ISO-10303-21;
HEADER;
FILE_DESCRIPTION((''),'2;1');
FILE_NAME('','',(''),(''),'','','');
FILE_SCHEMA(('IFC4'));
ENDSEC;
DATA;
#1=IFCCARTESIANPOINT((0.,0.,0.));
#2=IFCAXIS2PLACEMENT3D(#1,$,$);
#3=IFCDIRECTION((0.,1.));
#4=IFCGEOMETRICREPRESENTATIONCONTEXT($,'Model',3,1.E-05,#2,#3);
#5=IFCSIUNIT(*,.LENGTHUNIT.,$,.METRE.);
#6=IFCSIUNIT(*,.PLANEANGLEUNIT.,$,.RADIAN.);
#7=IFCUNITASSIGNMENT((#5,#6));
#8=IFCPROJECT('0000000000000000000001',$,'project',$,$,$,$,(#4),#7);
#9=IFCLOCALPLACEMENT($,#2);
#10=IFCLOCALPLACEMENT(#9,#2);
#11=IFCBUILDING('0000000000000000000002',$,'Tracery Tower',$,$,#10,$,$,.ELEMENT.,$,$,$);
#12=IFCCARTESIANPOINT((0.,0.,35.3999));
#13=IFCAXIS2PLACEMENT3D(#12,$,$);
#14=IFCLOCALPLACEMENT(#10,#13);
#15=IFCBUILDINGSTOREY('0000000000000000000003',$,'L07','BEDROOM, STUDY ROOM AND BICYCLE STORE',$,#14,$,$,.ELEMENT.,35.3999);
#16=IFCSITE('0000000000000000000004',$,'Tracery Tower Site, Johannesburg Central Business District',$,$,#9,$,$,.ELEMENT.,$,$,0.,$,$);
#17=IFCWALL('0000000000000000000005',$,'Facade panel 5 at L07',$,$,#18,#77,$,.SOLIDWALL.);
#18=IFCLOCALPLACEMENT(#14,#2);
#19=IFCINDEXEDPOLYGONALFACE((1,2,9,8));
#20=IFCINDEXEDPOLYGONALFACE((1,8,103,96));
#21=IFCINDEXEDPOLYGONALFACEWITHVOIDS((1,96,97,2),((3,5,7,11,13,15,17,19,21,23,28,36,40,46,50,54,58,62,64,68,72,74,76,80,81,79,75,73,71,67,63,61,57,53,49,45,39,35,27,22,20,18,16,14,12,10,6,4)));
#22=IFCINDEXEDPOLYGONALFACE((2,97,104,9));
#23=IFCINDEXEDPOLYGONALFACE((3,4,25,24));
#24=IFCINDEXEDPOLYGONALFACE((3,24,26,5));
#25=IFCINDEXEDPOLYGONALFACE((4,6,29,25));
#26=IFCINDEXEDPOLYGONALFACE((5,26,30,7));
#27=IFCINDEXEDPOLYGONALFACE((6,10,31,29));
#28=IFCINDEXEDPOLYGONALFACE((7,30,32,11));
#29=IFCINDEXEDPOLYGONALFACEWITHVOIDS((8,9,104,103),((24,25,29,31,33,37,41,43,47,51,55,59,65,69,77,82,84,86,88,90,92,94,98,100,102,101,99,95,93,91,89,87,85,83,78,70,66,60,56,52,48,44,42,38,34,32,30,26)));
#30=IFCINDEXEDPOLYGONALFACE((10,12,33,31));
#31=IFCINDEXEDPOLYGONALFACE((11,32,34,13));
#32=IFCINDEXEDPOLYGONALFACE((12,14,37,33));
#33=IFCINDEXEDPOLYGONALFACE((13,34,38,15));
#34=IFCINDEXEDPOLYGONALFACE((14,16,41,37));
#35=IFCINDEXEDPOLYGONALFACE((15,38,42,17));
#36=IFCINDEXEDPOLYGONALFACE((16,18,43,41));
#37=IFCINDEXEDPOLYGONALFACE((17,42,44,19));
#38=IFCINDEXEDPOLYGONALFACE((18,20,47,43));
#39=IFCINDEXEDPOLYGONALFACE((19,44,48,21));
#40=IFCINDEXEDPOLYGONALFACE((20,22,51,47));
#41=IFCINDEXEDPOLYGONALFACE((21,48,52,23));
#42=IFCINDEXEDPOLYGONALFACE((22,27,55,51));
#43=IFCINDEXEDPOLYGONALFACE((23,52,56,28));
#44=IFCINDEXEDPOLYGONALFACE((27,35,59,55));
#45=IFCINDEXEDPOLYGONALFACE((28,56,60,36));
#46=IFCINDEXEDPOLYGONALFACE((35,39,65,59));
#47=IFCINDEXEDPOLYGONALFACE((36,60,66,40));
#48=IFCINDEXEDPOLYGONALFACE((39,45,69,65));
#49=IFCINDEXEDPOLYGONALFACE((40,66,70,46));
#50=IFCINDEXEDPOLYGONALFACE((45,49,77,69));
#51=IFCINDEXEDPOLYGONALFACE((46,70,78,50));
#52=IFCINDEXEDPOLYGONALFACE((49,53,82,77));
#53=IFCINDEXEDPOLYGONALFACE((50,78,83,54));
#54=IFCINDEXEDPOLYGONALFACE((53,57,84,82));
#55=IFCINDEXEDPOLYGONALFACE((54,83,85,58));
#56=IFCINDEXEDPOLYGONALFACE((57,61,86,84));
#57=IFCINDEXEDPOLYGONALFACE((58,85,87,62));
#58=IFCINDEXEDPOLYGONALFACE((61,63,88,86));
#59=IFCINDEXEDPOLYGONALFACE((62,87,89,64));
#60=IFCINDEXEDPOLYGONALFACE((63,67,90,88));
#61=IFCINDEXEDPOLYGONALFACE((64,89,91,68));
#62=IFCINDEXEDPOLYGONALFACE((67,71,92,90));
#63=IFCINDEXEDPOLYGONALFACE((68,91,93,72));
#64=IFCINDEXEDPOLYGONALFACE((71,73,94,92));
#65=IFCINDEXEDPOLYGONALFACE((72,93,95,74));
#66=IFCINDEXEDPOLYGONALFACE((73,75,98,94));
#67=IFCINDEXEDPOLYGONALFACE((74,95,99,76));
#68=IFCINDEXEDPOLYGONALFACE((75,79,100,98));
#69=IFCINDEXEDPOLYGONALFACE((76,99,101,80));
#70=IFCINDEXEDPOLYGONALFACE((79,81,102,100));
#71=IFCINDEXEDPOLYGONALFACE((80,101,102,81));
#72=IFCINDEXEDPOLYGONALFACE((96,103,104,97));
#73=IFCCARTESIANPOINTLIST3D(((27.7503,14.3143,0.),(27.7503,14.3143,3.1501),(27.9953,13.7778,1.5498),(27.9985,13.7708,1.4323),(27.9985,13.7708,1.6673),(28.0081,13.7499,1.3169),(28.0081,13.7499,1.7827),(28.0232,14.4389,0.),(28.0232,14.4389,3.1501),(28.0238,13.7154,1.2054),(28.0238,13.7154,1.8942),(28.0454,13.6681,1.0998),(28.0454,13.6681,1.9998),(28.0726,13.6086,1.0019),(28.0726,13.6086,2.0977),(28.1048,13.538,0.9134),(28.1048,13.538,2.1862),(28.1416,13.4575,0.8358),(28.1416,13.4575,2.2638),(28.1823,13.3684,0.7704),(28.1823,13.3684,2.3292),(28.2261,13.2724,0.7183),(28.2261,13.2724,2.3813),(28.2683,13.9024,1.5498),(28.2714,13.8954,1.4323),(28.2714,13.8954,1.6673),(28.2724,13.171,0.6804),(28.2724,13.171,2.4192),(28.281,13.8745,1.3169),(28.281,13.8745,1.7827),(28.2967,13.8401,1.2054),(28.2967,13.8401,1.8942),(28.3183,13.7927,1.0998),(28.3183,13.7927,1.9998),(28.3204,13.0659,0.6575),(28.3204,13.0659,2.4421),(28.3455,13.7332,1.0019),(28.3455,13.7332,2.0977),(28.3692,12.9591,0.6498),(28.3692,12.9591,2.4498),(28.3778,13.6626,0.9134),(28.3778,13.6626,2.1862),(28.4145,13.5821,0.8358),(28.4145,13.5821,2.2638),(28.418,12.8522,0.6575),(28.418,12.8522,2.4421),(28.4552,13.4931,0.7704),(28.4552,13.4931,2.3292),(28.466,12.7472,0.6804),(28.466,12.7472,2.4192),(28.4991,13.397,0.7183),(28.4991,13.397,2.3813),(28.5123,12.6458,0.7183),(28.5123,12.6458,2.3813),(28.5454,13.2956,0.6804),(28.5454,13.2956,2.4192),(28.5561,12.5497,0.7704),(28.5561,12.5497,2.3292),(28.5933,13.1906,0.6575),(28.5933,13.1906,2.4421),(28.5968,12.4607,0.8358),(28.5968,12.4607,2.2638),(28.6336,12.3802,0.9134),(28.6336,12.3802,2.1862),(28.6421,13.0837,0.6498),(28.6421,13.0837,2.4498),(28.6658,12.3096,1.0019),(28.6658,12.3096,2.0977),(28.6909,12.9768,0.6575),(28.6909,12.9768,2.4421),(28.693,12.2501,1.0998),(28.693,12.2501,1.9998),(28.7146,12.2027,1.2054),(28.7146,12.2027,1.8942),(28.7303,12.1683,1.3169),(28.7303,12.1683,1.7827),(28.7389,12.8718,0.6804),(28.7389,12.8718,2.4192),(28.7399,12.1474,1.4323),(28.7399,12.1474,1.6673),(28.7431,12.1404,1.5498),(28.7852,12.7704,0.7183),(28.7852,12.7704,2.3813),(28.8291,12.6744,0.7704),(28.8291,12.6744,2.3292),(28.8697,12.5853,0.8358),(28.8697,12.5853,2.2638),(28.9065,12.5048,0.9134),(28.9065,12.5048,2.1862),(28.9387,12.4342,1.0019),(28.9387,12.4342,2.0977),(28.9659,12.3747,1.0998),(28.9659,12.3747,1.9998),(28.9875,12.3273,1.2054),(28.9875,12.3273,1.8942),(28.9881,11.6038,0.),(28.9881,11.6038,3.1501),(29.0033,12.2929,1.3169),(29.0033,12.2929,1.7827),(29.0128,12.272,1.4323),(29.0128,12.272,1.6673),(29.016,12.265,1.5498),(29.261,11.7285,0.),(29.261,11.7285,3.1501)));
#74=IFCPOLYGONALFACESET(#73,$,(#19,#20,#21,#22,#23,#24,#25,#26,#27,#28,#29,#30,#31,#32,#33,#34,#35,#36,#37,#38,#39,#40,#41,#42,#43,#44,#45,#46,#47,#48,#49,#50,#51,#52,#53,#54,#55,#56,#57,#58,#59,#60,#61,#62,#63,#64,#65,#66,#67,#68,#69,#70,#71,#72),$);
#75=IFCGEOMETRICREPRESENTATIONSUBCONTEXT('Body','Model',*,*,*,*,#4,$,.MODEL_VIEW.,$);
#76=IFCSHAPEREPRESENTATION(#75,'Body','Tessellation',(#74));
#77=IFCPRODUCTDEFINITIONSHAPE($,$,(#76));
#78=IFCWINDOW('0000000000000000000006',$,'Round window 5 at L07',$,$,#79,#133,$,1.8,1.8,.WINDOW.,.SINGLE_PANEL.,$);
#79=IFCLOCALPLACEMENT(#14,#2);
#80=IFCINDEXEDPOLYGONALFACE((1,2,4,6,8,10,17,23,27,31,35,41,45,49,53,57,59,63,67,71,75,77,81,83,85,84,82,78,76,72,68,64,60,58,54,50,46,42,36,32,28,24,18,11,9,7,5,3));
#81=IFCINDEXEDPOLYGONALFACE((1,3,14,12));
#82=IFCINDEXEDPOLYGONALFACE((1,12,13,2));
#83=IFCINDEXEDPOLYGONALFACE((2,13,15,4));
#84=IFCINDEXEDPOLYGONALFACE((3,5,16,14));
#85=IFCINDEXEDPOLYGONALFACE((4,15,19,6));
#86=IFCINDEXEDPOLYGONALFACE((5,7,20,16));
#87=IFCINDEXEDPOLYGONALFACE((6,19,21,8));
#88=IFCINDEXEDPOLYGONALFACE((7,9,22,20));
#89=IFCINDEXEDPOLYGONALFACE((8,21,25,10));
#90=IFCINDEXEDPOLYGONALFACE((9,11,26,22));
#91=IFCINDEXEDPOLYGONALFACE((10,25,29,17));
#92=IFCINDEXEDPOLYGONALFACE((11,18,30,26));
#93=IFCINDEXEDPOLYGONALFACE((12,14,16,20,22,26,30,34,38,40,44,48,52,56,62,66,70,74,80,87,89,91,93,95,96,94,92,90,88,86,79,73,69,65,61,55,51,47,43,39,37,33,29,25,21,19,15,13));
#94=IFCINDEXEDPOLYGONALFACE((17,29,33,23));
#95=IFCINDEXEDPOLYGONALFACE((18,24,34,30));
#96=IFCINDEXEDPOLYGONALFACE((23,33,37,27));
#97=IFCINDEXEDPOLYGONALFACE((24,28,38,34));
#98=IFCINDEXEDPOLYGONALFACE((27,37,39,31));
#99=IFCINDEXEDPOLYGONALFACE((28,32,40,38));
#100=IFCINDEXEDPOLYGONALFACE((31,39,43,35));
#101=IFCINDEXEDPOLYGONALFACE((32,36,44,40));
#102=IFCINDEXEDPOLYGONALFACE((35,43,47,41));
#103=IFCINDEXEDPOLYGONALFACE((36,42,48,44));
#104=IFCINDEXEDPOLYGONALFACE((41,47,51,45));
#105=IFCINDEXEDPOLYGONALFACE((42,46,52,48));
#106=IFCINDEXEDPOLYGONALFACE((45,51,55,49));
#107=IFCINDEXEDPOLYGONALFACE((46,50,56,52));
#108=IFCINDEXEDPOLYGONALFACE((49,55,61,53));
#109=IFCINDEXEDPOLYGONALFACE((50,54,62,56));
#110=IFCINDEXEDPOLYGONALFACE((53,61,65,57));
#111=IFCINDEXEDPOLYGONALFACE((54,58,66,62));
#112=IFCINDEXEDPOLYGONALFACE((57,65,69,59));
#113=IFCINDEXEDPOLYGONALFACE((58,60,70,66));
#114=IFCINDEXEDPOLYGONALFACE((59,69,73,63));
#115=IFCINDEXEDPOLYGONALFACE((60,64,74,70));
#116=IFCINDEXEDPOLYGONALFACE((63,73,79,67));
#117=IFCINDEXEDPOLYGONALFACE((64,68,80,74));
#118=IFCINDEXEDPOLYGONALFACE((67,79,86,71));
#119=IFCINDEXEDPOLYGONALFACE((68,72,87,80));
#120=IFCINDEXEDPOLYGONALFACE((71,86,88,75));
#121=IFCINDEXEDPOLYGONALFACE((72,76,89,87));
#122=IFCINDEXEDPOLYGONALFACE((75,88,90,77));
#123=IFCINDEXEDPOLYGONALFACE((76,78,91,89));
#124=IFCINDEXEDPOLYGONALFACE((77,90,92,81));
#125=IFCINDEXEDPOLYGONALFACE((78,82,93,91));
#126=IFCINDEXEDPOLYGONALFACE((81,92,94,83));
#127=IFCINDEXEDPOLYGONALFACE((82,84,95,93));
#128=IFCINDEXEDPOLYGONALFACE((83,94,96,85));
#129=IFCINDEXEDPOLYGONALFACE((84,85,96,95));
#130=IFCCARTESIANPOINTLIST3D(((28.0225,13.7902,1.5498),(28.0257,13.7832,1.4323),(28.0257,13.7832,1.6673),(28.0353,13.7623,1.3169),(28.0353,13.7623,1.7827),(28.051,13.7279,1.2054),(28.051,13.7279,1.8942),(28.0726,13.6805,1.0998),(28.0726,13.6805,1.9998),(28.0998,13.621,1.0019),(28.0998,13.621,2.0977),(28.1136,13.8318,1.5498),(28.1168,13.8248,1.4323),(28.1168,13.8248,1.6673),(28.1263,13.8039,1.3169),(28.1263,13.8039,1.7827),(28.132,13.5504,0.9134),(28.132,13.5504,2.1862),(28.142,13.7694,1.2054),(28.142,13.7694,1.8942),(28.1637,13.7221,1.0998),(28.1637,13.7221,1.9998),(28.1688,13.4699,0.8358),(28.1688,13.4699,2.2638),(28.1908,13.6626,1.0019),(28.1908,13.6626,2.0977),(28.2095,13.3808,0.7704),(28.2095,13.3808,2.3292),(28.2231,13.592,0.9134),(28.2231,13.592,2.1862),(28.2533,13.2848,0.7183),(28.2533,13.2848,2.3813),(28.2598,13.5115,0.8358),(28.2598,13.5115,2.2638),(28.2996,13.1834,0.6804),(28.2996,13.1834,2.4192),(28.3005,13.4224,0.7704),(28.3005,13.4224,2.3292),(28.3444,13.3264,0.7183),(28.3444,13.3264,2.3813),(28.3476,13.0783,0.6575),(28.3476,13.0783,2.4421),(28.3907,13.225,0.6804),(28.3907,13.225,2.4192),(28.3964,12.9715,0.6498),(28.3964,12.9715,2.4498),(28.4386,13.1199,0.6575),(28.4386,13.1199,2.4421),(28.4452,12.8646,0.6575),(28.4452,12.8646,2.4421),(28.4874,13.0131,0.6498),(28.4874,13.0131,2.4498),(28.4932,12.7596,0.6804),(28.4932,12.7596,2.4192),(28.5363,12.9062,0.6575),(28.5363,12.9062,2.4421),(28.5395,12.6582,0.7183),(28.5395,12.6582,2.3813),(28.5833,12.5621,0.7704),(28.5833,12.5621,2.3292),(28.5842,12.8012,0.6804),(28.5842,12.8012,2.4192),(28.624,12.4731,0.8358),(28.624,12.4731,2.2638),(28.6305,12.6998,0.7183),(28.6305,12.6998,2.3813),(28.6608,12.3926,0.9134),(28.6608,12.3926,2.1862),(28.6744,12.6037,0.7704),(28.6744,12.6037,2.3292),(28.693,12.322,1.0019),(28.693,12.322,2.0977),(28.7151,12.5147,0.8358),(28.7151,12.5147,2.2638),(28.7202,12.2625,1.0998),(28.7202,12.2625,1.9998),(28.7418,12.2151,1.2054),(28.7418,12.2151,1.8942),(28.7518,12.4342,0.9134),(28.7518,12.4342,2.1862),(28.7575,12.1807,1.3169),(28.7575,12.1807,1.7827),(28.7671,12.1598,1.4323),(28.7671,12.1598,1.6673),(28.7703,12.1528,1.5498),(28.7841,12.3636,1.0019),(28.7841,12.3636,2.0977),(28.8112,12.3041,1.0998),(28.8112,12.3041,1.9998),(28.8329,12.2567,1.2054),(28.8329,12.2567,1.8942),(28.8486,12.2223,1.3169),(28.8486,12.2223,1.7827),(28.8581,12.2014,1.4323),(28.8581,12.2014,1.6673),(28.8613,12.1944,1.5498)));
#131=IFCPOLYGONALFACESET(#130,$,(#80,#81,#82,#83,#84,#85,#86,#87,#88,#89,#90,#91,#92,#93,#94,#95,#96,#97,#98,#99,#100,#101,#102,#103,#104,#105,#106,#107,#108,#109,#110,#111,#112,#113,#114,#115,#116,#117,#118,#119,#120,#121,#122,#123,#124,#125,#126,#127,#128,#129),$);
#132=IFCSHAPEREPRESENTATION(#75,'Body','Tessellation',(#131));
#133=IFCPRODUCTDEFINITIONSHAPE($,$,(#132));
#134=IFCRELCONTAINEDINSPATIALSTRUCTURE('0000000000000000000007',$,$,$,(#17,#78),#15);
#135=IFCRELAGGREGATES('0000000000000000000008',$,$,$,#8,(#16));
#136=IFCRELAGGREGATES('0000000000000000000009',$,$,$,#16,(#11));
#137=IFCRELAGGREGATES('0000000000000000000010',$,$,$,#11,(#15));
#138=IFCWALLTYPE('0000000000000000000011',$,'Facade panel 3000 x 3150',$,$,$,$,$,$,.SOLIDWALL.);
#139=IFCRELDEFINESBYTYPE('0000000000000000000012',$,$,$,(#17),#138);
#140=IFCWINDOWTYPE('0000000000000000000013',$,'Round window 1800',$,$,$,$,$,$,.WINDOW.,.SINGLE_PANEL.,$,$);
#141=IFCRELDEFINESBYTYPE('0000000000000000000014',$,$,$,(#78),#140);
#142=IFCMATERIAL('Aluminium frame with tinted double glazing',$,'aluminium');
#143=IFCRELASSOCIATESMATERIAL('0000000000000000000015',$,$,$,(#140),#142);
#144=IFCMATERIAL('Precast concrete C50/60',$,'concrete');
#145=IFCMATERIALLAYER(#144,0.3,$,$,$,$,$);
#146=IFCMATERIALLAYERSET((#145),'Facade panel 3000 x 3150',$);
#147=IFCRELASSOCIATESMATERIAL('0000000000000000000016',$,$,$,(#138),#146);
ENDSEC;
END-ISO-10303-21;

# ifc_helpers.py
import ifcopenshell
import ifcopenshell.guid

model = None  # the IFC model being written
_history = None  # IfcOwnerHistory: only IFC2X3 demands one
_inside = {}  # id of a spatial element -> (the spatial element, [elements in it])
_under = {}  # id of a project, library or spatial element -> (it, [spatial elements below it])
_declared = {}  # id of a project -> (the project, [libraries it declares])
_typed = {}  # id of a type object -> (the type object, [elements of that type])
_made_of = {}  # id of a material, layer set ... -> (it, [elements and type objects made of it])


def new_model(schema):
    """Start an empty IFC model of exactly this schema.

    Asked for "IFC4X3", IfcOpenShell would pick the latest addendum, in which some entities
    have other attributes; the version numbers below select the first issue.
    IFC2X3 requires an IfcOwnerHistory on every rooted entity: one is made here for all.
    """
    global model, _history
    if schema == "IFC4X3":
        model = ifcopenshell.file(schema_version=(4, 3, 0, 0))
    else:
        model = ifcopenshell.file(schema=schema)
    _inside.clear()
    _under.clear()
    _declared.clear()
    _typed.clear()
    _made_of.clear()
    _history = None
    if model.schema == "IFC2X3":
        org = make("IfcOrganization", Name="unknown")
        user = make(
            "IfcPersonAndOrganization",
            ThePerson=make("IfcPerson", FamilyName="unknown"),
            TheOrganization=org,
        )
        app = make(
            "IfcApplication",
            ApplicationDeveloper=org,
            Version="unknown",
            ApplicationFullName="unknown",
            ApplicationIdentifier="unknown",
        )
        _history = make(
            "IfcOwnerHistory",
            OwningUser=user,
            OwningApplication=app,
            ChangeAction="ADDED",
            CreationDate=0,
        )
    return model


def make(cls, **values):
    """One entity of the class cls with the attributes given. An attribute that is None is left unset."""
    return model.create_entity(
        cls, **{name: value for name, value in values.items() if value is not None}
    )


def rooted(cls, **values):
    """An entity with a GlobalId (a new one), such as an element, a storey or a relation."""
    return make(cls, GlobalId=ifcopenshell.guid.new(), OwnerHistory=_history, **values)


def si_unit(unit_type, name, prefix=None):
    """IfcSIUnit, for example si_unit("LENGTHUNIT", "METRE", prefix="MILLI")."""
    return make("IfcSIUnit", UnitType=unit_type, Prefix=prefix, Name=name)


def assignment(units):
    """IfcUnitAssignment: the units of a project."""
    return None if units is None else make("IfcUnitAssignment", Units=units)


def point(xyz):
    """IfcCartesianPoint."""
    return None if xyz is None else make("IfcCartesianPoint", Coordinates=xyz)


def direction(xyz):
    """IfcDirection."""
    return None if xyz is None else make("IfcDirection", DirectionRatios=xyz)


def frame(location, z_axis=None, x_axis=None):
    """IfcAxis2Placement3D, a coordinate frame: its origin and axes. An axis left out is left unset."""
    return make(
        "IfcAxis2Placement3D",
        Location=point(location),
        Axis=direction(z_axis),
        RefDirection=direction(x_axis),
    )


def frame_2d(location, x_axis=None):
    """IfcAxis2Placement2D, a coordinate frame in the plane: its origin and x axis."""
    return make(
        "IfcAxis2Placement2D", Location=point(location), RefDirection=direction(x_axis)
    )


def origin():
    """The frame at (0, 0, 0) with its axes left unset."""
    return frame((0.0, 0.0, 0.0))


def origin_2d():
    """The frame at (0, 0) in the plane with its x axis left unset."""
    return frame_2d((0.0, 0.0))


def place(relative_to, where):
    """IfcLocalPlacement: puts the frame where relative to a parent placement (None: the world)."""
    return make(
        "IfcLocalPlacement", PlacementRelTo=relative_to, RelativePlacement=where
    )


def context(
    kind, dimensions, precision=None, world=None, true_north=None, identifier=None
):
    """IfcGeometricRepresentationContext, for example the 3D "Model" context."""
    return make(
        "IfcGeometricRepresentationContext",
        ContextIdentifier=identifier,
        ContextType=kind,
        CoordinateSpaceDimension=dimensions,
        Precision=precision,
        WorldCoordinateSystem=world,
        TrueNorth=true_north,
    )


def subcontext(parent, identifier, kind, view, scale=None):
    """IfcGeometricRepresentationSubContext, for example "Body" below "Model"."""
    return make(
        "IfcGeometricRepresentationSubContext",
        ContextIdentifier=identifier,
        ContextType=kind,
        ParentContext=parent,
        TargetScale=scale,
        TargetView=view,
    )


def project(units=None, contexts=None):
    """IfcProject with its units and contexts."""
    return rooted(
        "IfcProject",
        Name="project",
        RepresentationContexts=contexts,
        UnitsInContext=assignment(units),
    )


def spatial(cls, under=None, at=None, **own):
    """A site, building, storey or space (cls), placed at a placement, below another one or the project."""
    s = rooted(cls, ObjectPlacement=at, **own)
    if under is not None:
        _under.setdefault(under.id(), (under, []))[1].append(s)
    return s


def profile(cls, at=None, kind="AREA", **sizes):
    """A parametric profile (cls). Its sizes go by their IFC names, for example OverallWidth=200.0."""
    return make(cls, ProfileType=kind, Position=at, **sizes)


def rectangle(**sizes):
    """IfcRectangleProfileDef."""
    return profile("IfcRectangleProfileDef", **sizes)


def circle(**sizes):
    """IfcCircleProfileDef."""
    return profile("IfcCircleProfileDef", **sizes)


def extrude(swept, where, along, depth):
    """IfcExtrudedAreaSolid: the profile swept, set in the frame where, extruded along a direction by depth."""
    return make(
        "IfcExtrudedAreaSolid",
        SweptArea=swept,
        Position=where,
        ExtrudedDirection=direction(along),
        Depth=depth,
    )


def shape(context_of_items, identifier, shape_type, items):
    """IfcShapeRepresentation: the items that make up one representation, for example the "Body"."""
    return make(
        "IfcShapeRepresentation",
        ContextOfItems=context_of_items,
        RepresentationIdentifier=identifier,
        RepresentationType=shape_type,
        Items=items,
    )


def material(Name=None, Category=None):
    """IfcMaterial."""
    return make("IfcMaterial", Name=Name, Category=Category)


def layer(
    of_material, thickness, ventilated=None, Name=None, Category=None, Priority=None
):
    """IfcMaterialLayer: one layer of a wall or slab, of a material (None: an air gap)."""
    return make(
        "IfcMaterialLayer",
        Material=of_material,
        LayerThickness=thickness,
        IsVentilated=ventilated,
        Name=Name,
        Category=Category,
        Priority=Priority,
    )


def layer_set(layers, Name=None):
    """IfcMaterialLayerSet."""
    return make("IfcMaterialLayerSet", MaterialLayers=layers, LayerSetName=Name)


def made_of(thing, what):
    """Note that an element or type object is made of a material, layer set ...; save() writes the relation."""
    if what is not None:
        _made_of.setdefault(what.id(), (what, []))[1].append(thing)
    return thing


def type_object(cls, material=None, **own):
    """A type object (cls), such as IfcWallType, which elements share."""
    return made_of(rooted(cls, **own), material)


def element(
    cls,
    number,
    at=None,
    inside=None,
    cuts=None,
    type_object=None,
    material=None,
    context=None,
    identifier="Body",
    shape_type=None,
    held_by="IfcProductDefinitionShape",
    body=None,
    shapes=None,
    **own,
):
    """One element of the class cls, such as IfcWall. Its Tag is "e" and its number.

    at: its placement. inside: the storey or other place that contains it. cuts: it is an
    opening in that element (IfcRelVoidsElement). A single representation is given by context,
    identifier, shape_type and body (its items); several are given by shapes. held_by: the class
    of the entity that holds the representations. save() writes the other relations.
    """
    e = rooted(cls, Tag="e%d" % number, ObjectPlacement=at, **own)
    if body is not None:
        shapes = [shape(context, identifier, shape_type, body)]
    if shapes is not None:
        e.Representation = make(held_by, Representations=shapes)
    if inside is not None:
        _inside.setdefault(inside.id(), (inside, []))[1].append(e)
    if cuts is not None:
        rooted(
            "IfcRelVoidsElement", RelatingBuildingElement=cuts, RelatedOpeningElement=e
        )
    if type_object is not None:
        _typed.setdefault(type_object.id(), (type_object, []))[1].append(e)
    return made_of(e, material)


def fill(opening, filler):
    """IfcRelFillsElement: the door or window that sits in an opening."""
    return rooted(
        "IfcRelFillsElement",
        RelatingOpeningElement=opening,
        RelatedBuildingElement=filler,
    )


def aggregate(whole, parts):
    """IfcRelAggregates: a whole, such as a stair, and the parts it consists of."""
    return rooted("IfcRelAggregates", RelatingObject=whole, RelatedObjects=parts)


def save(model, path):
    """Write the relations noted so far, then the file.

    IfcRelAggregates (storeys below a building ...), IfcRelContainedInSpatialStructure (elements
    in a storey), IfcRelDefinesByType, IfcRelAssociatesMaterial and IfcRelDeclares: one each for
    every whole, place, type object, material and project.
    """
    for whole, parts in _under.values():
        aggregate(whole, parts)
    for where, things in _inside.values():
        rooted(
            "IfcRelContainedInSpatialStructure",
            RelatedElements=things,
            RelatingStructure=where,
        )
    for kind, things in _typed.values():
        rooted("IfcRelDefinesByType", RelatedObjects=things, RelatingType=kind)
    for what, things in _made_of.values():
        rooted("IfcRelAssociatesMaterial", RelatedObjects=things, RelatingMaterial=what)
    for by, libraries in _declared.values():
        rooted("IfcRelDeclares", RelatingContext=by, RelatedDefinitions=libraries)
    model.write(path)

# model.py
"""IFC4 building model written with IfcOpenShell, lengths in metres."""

from ifc_helpers import new_model, si_unit, direction, frame, frame_2d, origin, origin_2d, place, context, subcontext, project, spatial, rectangle, circle, extrude, material, layer, layer_set, type_object, element, fill, save


model = new_model("IFC4")

# Units and contexts
model_context = context("Model", 3, precision=1e-05, world=origin(), true_north=direction((0.0, 1.0)))
body_context = subcontext(model_context, "Body", "Model", "MODEL_VIEW")
ifc_project = project(units=[si_unit("LENGTHUNIT", "METRE"), si_unit("PLANEANGLEUNIT", "RADIAN")], contexts=[model_context])

# Site, building, storey
site_placement = place(None, origin())
site = spatial("IfcSite", under=ifc_project, at=site_placement, Name="Tracery Tower Site, Johannesburg Central Business District", CompositionType="ELEMENT", RefElevation=0.0)
building_placement = place(site_placement, origin())
building = spatial("IfcBuilding", under=site, at=building_placement, Name="Tracery Tower", CompositionType="ELEMENT")
storey_placement = place(building_placement, frame((0.0, 0.0, 35.3999)))
storey = spatial("IfcBuildingStorey", under=building, at=storey_placement, Name="L07", Description="BEDROOM, STUDY ROOM AND BICYCLE STORE", CompositionType="ELEMENT", Elevation=35.3999)

# Wall, opening, window
ifc_material_1 = material(Name="Aluminium frame with tinted double glazing", Category="aluminium")
window_type = type_object("IfcWindowType", Name="Round window 1800", PartitioningType="SINGLE_PANEL", PredefinedType="WINDOW", material=ifc_material_1)
ifc_material_2 = material(Name="Precast concrete C50/60", Category="concrete")
ifc_layer_1 = layer(ifc_material_2, 0.3)
ifc_layer_set_1 = layer_set([ifc_layer_1], Name="Facade panel 3000 x 3150")
wall_type_1 = type_object("IfcWallType", Name="Facade panel 3000 x 3150", PredefinedType="SOLIDWALL", material=ifc_layer_set_1)
wall_1_placement = place(storey_placement, frame((29.1245, 11.6663, 0.0), z_axis=(0.0, 0.0, 1.0), x_axis=(-0.415407, 0.909636, 0.0)))
wall_1 = element("IfcWall", 1, at=wall_1_placement, inside=storey, type_object=wall_type_1, Name="Facade panel 5 at L07", PredefinedType="SOLIDWALL", context=body_context, shape_type="SweptSolid", body=[
    extrude(rectangle(XDim=2.9797, YDim=0.3, at=frame_2d((1.4897, 0.0))), origin(), (0.0, 0.0, 1.0), 3.1501),
])
opening_1_placement = place(wall_1_placement, frame((1.4897, 0.0, 1.5498)))
opening_1 = element("IfcOpeningElement", 2, at=opening_1_placement, cuts=wall_1, PredefinedType="OPENING", context=body_context, shape_type="SweptSolid", body=[
    extrude(circle(Radius=0.9, at=origin_2d()), frame((0.0, 0.1599, 0.0), z_axis=(0.0, -1.0, 0.0), x_axis=(1.0, 0.0, 0.0)), (0.0, 0.0, 1.0), 0.3201),
])
window_1_placement = place(opening_1_placement, origin())
window_1 = element("IfcWindow", 3, at=window_1_placement, inside=storey, type_object=window_type, Name="Round window 5 at L07", OverallHeight=1.8, OverallWidth=1.8, PartitioningType="SINGLE_PANEL", PredefinedType="WINDOW", context=body_context, shape_type="SweptSolid", body=[
    extrude(circle(Radius=0.9, at=origin_2d()), frame((0.0, 0.1201, 0.0), z_axis=(0.0, -1.0, 0.0), x_axis=(1.0, 0.0, 0.0)), (0.0, 0.0, 1.0), 0.1001),
])
fill(opening_1, window_1)

save(model, "model.ifc")
